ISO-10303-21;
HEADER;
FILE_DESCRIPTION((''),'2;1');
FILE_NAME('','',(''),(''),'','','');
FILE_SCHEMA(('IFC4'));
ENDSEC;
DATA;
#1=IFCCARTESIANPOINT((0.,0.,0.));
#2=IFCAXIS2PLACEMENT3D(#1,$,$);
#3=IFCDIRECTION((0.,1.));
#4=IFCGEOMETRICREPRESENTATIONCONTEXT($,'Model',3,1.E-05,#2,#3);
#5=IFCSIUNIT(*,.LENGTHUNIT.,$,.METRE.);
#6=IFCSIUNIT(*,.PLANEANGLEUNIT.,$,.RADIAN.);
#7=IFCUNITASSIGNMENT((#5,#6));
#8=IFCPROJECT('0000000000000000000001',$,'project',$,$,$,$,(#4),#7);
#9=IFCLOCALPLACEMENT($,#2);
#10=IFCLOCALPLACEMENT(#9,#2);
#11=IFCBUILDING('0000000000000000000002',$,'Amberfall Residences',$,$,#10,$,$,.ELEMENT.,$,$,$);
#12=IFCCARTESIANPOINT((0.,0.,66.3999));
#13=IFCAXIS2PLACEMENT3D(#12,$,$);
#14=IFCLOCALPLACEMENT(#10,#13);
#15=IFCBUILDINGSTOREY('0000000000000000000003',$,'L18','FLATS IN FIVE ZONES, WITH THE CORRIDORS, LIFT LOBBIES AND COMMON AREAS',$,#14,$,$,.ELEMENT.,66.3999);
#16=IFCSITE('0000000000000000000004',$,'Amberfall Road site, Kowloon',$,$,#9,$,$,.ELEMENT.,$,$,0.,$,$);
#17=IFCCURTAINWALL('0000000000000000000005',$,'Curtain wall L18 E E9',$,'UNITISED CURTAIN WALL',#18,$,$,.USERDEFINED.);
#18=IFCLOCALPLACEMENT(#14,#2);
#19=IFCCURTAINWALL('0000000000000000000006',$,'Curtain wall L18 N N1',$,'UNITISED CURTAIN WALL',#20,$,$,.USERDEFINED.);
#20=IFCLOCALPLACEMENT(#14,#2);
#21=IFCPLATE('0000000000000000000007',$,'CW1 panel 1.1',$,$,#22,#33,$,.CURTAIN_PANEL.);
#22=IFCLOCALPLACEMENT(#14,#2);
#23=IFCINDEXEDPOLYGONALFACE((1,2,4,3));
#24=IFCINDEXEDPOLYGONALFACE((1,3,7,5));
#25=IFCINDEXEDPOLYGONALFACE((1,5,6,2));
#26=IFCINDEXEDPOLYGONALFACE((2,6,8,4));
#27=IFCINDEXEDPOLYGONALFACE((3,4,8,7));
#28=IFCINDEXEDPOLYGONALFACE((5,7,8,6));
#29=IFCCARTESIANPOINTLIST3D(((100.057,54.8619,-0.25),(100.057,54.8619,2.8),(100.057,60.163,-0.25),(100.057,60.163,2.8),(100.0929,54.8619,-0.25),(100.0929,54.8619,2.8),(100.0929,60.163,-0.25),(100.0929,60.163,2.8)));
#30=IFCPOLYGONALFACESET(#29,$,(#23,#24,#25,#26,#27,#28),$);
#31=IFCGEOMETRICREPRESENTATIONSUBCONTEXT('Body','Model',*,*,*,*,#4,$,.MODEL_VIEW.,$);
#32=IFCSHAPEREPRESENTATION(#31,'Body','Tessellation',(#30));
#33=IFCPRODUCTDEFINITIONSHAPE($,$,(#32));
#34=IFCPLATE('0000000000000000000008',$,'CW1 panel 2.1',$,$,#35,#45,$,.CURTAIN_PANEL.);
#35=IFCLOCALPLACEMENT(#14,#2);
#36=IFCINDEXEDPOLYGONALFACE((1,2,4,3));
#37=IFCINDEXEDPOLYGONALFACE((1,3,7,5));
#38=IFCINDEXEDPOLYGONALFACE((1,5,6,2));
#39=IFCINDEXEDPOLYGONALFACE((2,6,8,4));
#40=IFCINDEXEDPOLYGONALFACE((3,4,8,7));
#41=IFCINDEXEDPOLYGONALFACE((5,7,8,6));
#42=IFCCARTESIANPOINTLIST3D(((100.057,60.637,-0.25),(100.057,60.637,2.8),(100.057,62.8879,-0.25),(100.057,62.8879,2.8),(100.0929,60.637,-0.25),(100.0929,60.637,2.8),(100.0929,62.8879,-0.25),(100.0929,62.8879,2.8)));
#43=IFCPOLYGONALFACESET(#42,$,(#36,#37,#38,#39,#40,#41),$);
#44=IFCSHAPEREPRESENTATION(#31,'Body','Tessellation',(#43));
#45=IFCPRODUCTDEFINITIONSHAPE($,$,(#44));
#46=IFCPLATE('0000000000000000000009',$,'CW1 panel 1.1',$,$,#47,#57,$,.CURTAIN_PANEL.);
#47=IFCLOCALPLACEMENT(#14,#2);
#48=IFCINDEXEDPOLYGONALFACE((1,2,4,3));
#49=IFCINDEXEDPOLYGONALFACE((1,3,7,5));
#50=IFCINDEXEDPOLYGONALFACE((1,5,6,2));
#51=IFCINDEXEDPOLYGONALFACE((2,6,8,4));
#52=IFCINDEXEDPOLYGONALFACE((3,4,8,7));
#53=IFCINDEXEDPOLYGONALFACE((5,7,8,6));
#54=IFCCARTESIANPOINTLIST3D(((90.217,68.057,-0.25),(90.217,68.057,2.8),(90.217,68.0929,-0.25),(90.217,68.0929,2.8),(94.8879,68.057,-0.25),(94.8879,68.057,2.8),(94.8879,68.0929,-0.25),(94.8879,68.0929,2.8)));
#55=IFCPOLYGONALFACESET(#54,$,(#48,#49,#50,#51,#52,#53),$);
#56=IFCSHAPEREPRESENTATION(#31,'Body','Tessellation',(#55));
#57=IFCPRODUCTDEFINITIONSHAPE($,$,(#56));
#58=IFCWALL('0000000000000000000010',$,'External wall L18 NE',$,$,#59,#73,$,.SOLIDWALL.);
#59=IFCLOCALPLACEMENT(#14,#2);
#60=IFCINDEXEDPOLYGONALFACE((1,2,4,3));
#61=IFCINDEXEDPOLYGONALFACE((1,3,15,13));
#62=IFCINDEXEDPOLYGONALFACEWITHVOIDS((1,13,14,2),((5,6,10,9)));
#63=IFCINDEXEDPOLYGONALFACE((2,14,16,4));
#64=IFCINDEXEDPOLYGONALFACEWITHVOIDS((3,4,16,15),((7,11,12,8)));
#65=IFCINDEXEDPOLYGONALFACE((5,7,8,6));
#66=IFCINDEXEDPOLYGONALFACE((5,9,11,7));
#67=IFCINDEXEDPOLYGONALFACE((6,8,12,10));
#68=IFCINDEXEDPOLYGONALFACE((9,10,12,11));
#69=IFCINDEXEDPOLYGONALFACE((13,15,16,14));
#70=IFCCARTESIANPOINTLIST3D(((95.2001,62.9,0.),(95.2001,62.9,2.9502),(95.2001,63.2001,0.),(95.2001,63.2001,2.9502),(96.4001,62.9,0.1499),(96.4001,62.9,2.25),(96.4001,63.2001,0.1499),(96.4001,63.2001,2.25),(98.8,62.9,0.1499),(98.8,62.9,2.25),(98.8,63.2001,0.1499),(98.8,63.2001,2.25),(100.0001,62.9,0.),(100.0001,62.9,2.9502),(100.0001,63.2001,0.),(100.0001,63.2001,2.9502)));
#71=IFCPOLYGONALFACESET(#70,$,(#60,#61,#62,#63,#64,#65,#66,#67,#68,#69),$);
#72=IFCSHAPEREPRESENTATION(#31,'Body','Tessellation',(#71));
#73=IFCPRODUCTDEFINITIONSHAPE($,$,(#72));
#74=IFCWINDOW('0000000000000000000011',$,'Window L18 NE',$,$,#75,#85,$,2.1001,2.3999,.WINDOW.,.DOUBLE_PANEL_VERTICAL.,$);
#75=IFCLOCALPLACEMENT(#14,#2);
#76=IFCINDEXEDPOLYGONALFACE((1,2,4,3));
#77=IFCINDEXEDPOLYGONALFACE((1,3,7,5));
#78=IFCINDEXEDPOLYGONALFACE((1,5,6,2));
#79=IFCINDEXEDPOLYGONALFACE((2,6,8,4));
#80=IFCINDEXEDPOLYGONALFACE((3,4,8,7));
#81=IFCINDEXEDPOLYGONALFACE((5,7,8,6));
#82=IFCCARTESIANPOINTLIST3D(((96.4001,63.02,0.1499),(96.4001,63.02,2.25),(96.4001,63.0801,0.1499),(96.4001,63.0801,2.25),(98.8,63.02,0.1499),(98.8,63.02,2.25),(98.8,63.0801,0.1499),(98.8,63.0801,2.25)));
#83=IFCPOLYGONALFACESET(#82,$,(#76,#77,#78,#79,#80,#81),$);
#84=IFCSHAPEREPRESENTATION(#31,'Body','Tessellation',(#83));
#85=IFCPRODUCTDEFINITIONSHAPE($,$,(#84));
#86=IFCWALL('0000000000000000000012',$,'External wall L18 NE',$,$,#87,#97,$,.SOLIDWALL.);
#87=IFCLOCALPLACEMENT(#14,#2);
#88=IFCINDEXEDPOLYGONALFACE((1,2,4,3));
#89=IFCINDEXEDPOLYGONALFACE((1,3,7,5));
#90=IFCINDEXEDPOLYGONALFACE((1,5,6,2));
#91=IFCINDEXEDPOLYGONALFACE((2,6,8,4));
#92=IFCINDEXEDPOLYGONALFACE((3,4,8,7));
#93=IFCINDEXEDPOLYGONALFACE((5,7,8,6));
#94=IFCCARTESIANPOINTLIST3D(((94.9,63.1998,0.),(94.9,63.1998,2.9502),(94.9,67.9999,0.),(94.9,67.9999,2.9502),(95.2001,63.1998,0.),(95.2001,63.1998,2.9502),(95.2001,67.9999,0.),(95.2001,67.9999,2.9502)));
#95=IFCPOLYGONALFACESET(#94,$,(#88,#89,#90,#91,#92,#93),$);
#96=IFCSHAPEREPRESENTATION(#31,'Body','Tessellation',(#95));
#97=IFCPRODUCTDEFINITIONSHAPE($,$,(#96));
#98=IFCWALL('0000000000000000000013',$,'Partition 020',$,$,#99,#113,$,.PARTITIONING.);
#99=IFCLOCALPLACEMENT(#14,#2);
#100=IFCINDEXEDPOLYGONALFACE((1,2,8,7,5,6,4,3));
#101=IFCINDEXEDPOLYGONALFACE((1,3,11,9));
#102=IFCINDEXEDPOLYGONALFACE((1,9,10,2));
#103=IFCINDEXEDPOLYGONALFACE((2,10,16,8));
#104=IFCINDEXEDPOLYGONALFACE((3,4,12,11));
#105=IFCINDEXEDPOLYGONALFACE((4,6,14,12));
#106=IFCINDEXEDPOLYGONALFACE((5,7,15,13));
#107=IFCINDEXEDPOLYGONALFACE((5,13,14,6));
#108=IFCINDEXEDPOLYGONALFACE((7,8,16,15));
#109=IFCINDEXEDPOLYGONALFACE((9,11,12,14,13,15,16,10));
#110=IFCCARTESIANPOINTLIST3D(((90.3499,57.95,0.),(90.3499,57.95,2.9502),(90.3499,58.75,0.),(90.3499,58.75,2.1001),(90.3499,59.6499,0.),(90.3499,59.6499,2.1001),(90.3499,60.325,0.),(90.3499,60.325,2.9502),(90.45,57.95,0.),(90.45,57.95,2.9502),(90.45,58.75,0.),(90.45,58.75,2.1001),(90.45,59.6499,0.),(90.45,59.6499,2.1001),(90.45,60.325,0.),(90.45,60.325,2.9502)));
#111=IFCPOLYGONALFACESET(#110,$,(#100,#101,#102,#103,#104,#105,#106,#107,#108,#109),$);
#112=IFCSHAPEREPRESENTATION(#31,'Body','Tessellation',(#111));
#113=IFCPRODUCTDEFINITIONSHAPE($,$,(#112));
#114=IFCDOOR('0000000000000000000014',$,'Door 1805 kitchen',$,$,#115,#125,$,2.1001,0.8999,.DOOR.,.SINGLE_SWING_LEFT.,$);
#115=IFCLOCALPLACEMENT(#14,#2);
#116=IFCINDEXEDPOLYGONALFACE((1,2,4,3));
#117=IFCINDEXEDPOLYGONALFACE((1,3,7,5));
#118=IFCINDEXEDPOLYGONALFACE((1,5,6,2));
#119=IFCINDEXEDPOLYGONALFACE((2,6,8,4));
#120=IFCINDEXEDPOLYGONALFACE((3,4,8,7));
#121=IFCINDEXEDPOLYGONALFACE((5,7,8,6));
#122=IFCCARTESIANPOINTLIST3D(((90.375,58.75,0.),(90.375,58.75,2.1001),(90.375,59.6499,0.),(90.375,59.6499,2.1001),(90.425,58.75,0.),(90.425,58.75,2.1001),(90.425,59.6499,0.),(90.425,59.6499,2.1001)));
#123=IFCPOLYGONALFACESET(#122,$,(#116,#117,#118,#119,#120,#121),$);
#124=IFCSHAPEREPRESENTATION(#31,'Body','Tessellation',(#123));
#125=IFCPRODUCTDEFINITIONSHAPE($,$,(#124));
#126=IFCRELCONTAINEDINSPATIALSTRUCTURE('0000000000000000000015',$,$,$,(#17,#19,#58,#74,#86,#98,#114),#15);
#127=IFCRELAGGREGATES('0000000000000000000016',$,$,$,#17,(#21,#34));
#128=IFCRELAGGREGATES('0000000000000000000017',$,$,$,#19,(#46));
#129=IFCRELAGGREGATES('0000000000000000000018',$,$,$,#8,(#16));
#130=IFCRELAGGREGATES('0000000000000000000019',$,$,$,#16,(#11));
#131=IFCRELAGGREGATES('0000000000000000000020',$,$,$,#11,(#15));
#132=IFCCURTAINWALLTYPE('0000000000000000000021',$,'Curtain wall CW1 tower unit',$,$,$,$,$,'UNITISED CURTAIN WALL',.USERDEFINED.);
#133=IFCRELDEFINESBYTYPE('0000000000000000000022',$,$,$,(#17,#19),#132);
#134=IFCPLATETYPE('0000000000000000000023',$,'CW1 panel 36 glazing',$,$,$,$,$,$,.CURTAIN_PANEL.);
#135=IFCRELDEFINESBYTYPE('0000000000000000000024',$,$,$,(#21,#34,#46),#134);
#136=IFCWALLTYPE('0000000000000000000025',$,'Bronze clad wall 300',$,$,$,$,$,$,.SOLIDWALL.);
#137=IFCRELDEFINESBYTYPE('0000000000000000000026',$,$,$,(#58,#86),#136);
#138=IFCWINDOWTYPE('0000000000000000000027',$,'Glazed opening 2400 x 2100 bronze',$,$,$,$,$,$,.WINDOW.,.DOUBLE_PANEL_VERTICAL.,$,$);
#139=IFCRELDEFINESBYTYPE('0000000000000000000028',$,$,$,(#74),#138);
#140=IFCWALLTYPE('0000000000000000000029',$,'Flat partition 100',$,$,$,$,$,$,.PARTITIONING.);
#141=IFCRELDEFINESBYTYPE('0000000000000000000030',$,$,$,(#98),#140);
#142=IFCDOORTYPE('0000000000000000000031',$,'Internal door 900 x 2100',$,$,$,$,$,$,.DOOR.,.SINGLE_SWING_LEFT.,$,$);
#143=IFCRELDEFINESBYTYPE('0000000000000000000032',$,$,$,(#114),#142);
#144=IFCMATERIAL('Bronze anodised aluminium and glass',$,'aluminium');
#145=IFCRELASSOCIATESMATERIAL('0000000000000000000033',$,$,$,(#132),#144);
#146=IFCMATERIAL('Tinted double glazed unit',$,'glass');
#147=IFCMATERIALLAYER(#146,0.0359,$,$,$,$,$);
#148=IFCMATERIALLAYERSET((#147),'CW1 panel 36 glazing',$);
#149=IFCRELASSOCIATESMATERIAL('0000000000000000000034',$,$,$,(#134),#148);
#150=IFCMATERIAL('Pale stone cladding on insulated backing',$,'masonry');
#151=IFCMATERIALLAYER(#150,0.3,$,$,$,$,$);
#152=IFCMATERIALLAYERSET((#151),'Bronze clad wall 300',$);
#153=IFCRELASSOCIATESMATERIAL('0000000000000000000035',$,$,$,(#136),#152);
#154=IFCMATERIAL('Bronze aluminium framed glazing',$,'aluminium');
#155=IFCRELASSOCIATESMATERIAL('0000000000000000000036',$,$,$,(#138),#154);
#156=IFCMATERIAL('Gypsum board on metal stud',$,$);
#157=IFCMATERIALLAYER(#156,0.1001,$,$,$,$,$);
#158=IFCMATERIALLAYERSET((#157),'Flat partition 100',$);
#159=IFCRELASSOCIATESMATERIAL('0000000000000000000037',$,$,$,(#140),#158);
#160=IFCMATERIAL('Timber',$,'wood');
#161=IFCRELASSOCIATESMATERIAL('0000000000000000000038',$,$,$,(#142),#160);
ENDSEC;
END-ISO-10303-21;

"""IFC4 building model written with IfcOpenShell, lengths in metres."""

from ifc_helpers import new_model, si_unit, direction, frame, frame_2d, origin, origin_2d, place, context, subcontext, project, spatial, rectangle, extrude, material, layer, layer_set, type_object, element, fill, aggregate, save


model = new_model("IFC4")

# Units and contexts
model_context = context("Model", 3, precision=1e-05, world=origin(), true_north=direction((0.0, 1.0)))
body_context = subcontext(model_context, "Body", "Model", "MODEL_VIEW")
ifc_project = project(units=[si_unit("LENGTHUNIT", "METRE"), si_unit("PLANEANGLEUNIT", "RADIAN")], contexts=[model_context])

# Site, building, storey
site_placement = place(None, origin())
site = spatial("IfcSite", under=ifc_project, at=site_placement, Name="Amberfall Road site, Kowloon", CompositionType="ELEMENT", RefElevation=0.0)
building_placement = place(site_placement, origin())
building = spatial("IfcBuilding", under=site, at=building_placement, Name="Amberfall Residences", CompositionType="ELEMENT")
storey_placement = place(building_placement, frame((0.0, 0.0, 66.3999)))
storey = spatial("IfcBuildingStorey", under=building, at=storey_placement, Name="L18", Description="FLATS IN FIVE ZONES, WITH THE CORRIDORS, LIFT LOBBIES AND COMMON AREAS", CompositionType="ELEMENT", Elevation=66.3999)

# Curtain walls
ifc_material_1 = material(Name="Bronze anodised aluminium and glass", Category="aluminium")
curtain_wall_type = type_object("IfcCurtainWallType", Name="Curtain wall CW1 tower unit", ElementType="UNITISED CURTAIN WALL", PredefinedType="USERDEFINED", material=ifc_material_1)
curtain_wall_1_placement = place(storey_placement, origin())
curtain_wall_1 = element("IfcCurtainWall", 1, at=curtain_wall_1_placement, inside=storey, type_object=curtain_wall_type, Name="Curtain wall L18 E E9", ObjectType="UNITISED CURTAIN WALL", PredefinedType="USERDEFINED")
curtain_wall_2_placement = place(storey_placement, origin())
curtain_wall_2 = element("IfcCurtainWall", 2, at=curtain_wall_2_placement, inside=storey, type_object=curtain_wall_type, Name="Curtain wall L18 N N1", ObjectType="UNITISED CURTAIN WALL", PredefinedType="USERDEFINED")

# Plates
ifc_material_2 = material(Name="Tinted double glazed unit", Category="glass")
ifc_layer_1 = layer(ifc_material_2, 0.0359)
ifc_layer_set_1 = layer_set([ifc_layer_1], Name="CW1 panel 36 glazing")
plate_type = type_object("IfcPlateType", Name="CW1 panel 36 glazing", PredefinedType="CURTAIN_PANEL", material=ifc_layer_set_1)
plate_1_placement = place(storey_placement, frame((100.075, 57.5125, -0.25), z_axis=(0.0, 0.0, 1.0), x_axis=(0.0, 1.0, 0.0)))
plate_1 = element("IfcPlate", 3, at=plate_1_placement, type_object=plate_type, Name="CW1 panel 1.1", PredefinedType="CURTAIN_PANEL", context=body_context, shape_type="SweptSolid", body=[
    extrude(rectangle(XDim=5.301, YDim=0.0359, at=origin_2d()), origin(), (0.0, 0.0, 1.0), 3.05),
])
plate_2_placement = place(storey_placement, frame((100.075, 61.7625, -0.25), z_axis=(0.0, 0.0, 1.0), x_axis=(0.0, 1.0, 0.0)))
plate_2 = element("IfcPlate", 4, at=plate_2_placement, type_object=plate_type, Name="CW1 panel 2.1", PredefinedType="CURTAIN_PANEL", context=body_context, shape_type="SweptSolid", body=[
    extrude(rectangle(XDim=2.251, YDim=0.0359, at=origin_2d()), origin(), (0.0, 0.0, 1.0), 3.05),
])
aggregate(curtain_wall_1, [plate_1, plate_2])
plate_3_placement = place(storey_placement, frame((92.5525, 68.075, -0.25), z_axis=(0.0, 0.0, 1.0), x_axis=(-1.0, 0.0, 0.0)))
plate_3 = element("IfcPlate", 5, at=plate_3_placement, type_object=plate_type, Name="CW1 panel 1.1", PredefinedType="CURTAIN_PANEL", context=body_context, shape_type="SweptSolid", body=[
    extrude(rectangle(XDim=4.6709, YDim=0.0359, at=origin_2d()), origin(), (0.0, 0.0, 1.0), 3.05),
])
aggregate(curtain_wall_2, [plate_3])

# Wall, opening, window
ifc_material_3 = material(Name="Pale stone cladding on insulated backing", Category="masonry")
ifc_layer_2 = layer(ifc_material_3, 0.3)
ifc_layer_set_2 = layer_set([ifc_layer_2], Name="Bronze clad wall 300")
wall_type_1 = type_object("IfcWallType", Name="Bronze clad wall 300", PredefinedType="SOLIDWALL", material=ifc_layer_set_2)
wall_1_placement = place(storey_placement, frame((100.0, 63.05, 0.0), z_axis=(0.0, 0.0, 1.0), x_axis=(-1.0, 0.0, 0.0)))
wall_1 = element("IfcWall", 6, at=wall_1_placement, inside=storey, type_object=wall_type_1, Name="External wall L18 NE", PredefinedType="SOLIDWALL", context=body_context, shape_type="SweptSolid", body=[
    extrude(rectangle(XDim=4.8, YDim=0.3, at=frame_2d((2.3999, 0.0))), origin(), (0.0, 0.0, 1.0), 2.9502),
])
opening_1_placement = place(wall_1_placement, frame((1.2, 0.0, 0.1499)))
opening_1 = element("IfcOpeningElement", 7, at=opening_1_placement, cuts=wall_1, PredefinedType="OPENING", context=body_context, shape_type="SweptSolid", body=[
    extrude(rectangle(XDim=2.3999, YDim=2.1001, at=frame_2d((1.2, 1.05))), frame((0.0, 0.1599, 0.0), z_axis=(0.0, -1.0, 0.0), x_axis=(1.0, 0.0, 0.0)), (0.0, 0.0, 1.0), 0.3201),
])
ifc_material_4 = material(Name="Bronze aluminium framed glazing", Category="aluminium")
window_type = type_object("IfcWindowType", Name="Glazed opening 2400 x 2100 bronze", PartitioningType="DOUBLE_PANEL_VERTICAL", PredefinedType="WINDOW", material=ifc_material_4)
window_placement = place(opening_1_placement, origin())
window = element("IfcWindow", 8, at=window_placement, inside=storey, type_object=window_type, Name="Window L18 NE", OverallHeight=2.1001, OverallWidth=2.3999, PartitioningType="DOUBLE_PANEL_VERTICAL", PredefinedType="WINDOW", context=body_context, shape_type="SweptSolid", body=[
    extrude(rectangle(XDim=2.3999, YDim=2.1001, at=frame_2d((1.2, 1.05))), frame((0.0, 0.03, 0.0), z_axis=(0.0, -1.0, 0.0), x_axis=(1.0, 0.0, 0.0)), (0.0, 0.0, 1.0), 0.0601),
])
fill(opening_1, window)

# Wall
wall_2_placement = place(storey_placement, frame((95.05, 63.2, 0.0), z_axis=(0.0, 0.0, 1.0), x_axis=(0.0, 1.0, 0.0)))
element("IfcWall", 9, at=wall_2_placement, inside=storey, type_object=wall_type_1, Name="External wall L18 NE", PredefinedType="SOLIDWALL", context=body_context, shape_type="SweptSolid", body=[
    extrude(rectangle(XDim=4.8, YDim=0.3, at=frame_2d((2.3999, 0.0))), origin(), (0.0, 0.0, 1.0), 2.9502),
])

# Wall, opening, door
ifc_material_5 = material(Name="Gypsum board on metal stud")
ifc_layer_3 = layer(ifc_material_5, 0.1001)
ifc_layer_set_3 = layer_set([ifc_layer_3], Name="Flat partition 100")
wall_type_2 = type_object("IfcWallType", Name="Flat partition 100", PredefinedType="PARTITIONING", material=ifc_layer_set_3)
wall_3_placement = place(storey_placement, frame((90.3999, 57.95, 0.0), z_axis=(0.0, 0.0, 1.0), x_axis=(0.0, 1.0, 0.0)))
wall_3 = element("IfcWall", 10, at=wall_3_placement, inside=storey, type_object=wall_type_2, Name="Partition 020", PredefinedType="PARTITIONING", context=body_context, shape_type="SweptSolid", body=[
    extrude(rectangle(XDim=2.375, YDim=0.1001, at=frame_2d((1.1875, 0.0))), origin(), (0.0, 0.0, 1.0), 2.9502),
])
opening_2_placement = place(wall_3_placement, frame((0.8, 0.0, 0.0)))
opening_2 = element("IfcOpeningElement", 11, at=opening_2_placement, cuts=wall_3, PredefinedType="OPENING", context=body_context, shape_type="SweptSolid", body=[
    extrude(rectangle(XDim=0.8999, YDim=2.1001, at=frame_2d((0.45, 1.05))), frame((0.0, 0.0601, 0.0), z_axis=(0.0, -1.0, 0.0), x_axis=(1.0, 0.0, 0.0)), (0.0, 0.0, 1.0), 0.1201),
])
ifc_material_6 = material(Name="Timber", Category="wood")
door_type = type_object("IfcDoorType", Name="Internal door 900 x 2100", OperationType="SINGLE_SWING_LEFT", PredefinedType="DOOR", material=ifc_material_6)
door_placement = place(opening_2_placement, origin())
door = element("IfcDoor", 12, at=door_placement, inside=storey, type_object=door_type, Name="Door 1805 kitchen", OperationType="SINGLE_SWING_LEFT", OverallHeight=2.1001, OverallWidth=0.8999, PredefinedType="DOOR", context=body_context, shape_type="SweptSolid", body=[
    extrude(rectangle(XDim=0.8999, YDim=2.1001, at=frame_2d((0.45, 1.05))), frame((0.0, 0.0249, 0.0), z_axis=(0.0, -1.0, 0.0), x_axis=(1.0, 0.0, 0.0)), (0.0, 0.0, 1.0), 0.05),
])
fill(opening_2, door)

save(model, "model.ifc")
